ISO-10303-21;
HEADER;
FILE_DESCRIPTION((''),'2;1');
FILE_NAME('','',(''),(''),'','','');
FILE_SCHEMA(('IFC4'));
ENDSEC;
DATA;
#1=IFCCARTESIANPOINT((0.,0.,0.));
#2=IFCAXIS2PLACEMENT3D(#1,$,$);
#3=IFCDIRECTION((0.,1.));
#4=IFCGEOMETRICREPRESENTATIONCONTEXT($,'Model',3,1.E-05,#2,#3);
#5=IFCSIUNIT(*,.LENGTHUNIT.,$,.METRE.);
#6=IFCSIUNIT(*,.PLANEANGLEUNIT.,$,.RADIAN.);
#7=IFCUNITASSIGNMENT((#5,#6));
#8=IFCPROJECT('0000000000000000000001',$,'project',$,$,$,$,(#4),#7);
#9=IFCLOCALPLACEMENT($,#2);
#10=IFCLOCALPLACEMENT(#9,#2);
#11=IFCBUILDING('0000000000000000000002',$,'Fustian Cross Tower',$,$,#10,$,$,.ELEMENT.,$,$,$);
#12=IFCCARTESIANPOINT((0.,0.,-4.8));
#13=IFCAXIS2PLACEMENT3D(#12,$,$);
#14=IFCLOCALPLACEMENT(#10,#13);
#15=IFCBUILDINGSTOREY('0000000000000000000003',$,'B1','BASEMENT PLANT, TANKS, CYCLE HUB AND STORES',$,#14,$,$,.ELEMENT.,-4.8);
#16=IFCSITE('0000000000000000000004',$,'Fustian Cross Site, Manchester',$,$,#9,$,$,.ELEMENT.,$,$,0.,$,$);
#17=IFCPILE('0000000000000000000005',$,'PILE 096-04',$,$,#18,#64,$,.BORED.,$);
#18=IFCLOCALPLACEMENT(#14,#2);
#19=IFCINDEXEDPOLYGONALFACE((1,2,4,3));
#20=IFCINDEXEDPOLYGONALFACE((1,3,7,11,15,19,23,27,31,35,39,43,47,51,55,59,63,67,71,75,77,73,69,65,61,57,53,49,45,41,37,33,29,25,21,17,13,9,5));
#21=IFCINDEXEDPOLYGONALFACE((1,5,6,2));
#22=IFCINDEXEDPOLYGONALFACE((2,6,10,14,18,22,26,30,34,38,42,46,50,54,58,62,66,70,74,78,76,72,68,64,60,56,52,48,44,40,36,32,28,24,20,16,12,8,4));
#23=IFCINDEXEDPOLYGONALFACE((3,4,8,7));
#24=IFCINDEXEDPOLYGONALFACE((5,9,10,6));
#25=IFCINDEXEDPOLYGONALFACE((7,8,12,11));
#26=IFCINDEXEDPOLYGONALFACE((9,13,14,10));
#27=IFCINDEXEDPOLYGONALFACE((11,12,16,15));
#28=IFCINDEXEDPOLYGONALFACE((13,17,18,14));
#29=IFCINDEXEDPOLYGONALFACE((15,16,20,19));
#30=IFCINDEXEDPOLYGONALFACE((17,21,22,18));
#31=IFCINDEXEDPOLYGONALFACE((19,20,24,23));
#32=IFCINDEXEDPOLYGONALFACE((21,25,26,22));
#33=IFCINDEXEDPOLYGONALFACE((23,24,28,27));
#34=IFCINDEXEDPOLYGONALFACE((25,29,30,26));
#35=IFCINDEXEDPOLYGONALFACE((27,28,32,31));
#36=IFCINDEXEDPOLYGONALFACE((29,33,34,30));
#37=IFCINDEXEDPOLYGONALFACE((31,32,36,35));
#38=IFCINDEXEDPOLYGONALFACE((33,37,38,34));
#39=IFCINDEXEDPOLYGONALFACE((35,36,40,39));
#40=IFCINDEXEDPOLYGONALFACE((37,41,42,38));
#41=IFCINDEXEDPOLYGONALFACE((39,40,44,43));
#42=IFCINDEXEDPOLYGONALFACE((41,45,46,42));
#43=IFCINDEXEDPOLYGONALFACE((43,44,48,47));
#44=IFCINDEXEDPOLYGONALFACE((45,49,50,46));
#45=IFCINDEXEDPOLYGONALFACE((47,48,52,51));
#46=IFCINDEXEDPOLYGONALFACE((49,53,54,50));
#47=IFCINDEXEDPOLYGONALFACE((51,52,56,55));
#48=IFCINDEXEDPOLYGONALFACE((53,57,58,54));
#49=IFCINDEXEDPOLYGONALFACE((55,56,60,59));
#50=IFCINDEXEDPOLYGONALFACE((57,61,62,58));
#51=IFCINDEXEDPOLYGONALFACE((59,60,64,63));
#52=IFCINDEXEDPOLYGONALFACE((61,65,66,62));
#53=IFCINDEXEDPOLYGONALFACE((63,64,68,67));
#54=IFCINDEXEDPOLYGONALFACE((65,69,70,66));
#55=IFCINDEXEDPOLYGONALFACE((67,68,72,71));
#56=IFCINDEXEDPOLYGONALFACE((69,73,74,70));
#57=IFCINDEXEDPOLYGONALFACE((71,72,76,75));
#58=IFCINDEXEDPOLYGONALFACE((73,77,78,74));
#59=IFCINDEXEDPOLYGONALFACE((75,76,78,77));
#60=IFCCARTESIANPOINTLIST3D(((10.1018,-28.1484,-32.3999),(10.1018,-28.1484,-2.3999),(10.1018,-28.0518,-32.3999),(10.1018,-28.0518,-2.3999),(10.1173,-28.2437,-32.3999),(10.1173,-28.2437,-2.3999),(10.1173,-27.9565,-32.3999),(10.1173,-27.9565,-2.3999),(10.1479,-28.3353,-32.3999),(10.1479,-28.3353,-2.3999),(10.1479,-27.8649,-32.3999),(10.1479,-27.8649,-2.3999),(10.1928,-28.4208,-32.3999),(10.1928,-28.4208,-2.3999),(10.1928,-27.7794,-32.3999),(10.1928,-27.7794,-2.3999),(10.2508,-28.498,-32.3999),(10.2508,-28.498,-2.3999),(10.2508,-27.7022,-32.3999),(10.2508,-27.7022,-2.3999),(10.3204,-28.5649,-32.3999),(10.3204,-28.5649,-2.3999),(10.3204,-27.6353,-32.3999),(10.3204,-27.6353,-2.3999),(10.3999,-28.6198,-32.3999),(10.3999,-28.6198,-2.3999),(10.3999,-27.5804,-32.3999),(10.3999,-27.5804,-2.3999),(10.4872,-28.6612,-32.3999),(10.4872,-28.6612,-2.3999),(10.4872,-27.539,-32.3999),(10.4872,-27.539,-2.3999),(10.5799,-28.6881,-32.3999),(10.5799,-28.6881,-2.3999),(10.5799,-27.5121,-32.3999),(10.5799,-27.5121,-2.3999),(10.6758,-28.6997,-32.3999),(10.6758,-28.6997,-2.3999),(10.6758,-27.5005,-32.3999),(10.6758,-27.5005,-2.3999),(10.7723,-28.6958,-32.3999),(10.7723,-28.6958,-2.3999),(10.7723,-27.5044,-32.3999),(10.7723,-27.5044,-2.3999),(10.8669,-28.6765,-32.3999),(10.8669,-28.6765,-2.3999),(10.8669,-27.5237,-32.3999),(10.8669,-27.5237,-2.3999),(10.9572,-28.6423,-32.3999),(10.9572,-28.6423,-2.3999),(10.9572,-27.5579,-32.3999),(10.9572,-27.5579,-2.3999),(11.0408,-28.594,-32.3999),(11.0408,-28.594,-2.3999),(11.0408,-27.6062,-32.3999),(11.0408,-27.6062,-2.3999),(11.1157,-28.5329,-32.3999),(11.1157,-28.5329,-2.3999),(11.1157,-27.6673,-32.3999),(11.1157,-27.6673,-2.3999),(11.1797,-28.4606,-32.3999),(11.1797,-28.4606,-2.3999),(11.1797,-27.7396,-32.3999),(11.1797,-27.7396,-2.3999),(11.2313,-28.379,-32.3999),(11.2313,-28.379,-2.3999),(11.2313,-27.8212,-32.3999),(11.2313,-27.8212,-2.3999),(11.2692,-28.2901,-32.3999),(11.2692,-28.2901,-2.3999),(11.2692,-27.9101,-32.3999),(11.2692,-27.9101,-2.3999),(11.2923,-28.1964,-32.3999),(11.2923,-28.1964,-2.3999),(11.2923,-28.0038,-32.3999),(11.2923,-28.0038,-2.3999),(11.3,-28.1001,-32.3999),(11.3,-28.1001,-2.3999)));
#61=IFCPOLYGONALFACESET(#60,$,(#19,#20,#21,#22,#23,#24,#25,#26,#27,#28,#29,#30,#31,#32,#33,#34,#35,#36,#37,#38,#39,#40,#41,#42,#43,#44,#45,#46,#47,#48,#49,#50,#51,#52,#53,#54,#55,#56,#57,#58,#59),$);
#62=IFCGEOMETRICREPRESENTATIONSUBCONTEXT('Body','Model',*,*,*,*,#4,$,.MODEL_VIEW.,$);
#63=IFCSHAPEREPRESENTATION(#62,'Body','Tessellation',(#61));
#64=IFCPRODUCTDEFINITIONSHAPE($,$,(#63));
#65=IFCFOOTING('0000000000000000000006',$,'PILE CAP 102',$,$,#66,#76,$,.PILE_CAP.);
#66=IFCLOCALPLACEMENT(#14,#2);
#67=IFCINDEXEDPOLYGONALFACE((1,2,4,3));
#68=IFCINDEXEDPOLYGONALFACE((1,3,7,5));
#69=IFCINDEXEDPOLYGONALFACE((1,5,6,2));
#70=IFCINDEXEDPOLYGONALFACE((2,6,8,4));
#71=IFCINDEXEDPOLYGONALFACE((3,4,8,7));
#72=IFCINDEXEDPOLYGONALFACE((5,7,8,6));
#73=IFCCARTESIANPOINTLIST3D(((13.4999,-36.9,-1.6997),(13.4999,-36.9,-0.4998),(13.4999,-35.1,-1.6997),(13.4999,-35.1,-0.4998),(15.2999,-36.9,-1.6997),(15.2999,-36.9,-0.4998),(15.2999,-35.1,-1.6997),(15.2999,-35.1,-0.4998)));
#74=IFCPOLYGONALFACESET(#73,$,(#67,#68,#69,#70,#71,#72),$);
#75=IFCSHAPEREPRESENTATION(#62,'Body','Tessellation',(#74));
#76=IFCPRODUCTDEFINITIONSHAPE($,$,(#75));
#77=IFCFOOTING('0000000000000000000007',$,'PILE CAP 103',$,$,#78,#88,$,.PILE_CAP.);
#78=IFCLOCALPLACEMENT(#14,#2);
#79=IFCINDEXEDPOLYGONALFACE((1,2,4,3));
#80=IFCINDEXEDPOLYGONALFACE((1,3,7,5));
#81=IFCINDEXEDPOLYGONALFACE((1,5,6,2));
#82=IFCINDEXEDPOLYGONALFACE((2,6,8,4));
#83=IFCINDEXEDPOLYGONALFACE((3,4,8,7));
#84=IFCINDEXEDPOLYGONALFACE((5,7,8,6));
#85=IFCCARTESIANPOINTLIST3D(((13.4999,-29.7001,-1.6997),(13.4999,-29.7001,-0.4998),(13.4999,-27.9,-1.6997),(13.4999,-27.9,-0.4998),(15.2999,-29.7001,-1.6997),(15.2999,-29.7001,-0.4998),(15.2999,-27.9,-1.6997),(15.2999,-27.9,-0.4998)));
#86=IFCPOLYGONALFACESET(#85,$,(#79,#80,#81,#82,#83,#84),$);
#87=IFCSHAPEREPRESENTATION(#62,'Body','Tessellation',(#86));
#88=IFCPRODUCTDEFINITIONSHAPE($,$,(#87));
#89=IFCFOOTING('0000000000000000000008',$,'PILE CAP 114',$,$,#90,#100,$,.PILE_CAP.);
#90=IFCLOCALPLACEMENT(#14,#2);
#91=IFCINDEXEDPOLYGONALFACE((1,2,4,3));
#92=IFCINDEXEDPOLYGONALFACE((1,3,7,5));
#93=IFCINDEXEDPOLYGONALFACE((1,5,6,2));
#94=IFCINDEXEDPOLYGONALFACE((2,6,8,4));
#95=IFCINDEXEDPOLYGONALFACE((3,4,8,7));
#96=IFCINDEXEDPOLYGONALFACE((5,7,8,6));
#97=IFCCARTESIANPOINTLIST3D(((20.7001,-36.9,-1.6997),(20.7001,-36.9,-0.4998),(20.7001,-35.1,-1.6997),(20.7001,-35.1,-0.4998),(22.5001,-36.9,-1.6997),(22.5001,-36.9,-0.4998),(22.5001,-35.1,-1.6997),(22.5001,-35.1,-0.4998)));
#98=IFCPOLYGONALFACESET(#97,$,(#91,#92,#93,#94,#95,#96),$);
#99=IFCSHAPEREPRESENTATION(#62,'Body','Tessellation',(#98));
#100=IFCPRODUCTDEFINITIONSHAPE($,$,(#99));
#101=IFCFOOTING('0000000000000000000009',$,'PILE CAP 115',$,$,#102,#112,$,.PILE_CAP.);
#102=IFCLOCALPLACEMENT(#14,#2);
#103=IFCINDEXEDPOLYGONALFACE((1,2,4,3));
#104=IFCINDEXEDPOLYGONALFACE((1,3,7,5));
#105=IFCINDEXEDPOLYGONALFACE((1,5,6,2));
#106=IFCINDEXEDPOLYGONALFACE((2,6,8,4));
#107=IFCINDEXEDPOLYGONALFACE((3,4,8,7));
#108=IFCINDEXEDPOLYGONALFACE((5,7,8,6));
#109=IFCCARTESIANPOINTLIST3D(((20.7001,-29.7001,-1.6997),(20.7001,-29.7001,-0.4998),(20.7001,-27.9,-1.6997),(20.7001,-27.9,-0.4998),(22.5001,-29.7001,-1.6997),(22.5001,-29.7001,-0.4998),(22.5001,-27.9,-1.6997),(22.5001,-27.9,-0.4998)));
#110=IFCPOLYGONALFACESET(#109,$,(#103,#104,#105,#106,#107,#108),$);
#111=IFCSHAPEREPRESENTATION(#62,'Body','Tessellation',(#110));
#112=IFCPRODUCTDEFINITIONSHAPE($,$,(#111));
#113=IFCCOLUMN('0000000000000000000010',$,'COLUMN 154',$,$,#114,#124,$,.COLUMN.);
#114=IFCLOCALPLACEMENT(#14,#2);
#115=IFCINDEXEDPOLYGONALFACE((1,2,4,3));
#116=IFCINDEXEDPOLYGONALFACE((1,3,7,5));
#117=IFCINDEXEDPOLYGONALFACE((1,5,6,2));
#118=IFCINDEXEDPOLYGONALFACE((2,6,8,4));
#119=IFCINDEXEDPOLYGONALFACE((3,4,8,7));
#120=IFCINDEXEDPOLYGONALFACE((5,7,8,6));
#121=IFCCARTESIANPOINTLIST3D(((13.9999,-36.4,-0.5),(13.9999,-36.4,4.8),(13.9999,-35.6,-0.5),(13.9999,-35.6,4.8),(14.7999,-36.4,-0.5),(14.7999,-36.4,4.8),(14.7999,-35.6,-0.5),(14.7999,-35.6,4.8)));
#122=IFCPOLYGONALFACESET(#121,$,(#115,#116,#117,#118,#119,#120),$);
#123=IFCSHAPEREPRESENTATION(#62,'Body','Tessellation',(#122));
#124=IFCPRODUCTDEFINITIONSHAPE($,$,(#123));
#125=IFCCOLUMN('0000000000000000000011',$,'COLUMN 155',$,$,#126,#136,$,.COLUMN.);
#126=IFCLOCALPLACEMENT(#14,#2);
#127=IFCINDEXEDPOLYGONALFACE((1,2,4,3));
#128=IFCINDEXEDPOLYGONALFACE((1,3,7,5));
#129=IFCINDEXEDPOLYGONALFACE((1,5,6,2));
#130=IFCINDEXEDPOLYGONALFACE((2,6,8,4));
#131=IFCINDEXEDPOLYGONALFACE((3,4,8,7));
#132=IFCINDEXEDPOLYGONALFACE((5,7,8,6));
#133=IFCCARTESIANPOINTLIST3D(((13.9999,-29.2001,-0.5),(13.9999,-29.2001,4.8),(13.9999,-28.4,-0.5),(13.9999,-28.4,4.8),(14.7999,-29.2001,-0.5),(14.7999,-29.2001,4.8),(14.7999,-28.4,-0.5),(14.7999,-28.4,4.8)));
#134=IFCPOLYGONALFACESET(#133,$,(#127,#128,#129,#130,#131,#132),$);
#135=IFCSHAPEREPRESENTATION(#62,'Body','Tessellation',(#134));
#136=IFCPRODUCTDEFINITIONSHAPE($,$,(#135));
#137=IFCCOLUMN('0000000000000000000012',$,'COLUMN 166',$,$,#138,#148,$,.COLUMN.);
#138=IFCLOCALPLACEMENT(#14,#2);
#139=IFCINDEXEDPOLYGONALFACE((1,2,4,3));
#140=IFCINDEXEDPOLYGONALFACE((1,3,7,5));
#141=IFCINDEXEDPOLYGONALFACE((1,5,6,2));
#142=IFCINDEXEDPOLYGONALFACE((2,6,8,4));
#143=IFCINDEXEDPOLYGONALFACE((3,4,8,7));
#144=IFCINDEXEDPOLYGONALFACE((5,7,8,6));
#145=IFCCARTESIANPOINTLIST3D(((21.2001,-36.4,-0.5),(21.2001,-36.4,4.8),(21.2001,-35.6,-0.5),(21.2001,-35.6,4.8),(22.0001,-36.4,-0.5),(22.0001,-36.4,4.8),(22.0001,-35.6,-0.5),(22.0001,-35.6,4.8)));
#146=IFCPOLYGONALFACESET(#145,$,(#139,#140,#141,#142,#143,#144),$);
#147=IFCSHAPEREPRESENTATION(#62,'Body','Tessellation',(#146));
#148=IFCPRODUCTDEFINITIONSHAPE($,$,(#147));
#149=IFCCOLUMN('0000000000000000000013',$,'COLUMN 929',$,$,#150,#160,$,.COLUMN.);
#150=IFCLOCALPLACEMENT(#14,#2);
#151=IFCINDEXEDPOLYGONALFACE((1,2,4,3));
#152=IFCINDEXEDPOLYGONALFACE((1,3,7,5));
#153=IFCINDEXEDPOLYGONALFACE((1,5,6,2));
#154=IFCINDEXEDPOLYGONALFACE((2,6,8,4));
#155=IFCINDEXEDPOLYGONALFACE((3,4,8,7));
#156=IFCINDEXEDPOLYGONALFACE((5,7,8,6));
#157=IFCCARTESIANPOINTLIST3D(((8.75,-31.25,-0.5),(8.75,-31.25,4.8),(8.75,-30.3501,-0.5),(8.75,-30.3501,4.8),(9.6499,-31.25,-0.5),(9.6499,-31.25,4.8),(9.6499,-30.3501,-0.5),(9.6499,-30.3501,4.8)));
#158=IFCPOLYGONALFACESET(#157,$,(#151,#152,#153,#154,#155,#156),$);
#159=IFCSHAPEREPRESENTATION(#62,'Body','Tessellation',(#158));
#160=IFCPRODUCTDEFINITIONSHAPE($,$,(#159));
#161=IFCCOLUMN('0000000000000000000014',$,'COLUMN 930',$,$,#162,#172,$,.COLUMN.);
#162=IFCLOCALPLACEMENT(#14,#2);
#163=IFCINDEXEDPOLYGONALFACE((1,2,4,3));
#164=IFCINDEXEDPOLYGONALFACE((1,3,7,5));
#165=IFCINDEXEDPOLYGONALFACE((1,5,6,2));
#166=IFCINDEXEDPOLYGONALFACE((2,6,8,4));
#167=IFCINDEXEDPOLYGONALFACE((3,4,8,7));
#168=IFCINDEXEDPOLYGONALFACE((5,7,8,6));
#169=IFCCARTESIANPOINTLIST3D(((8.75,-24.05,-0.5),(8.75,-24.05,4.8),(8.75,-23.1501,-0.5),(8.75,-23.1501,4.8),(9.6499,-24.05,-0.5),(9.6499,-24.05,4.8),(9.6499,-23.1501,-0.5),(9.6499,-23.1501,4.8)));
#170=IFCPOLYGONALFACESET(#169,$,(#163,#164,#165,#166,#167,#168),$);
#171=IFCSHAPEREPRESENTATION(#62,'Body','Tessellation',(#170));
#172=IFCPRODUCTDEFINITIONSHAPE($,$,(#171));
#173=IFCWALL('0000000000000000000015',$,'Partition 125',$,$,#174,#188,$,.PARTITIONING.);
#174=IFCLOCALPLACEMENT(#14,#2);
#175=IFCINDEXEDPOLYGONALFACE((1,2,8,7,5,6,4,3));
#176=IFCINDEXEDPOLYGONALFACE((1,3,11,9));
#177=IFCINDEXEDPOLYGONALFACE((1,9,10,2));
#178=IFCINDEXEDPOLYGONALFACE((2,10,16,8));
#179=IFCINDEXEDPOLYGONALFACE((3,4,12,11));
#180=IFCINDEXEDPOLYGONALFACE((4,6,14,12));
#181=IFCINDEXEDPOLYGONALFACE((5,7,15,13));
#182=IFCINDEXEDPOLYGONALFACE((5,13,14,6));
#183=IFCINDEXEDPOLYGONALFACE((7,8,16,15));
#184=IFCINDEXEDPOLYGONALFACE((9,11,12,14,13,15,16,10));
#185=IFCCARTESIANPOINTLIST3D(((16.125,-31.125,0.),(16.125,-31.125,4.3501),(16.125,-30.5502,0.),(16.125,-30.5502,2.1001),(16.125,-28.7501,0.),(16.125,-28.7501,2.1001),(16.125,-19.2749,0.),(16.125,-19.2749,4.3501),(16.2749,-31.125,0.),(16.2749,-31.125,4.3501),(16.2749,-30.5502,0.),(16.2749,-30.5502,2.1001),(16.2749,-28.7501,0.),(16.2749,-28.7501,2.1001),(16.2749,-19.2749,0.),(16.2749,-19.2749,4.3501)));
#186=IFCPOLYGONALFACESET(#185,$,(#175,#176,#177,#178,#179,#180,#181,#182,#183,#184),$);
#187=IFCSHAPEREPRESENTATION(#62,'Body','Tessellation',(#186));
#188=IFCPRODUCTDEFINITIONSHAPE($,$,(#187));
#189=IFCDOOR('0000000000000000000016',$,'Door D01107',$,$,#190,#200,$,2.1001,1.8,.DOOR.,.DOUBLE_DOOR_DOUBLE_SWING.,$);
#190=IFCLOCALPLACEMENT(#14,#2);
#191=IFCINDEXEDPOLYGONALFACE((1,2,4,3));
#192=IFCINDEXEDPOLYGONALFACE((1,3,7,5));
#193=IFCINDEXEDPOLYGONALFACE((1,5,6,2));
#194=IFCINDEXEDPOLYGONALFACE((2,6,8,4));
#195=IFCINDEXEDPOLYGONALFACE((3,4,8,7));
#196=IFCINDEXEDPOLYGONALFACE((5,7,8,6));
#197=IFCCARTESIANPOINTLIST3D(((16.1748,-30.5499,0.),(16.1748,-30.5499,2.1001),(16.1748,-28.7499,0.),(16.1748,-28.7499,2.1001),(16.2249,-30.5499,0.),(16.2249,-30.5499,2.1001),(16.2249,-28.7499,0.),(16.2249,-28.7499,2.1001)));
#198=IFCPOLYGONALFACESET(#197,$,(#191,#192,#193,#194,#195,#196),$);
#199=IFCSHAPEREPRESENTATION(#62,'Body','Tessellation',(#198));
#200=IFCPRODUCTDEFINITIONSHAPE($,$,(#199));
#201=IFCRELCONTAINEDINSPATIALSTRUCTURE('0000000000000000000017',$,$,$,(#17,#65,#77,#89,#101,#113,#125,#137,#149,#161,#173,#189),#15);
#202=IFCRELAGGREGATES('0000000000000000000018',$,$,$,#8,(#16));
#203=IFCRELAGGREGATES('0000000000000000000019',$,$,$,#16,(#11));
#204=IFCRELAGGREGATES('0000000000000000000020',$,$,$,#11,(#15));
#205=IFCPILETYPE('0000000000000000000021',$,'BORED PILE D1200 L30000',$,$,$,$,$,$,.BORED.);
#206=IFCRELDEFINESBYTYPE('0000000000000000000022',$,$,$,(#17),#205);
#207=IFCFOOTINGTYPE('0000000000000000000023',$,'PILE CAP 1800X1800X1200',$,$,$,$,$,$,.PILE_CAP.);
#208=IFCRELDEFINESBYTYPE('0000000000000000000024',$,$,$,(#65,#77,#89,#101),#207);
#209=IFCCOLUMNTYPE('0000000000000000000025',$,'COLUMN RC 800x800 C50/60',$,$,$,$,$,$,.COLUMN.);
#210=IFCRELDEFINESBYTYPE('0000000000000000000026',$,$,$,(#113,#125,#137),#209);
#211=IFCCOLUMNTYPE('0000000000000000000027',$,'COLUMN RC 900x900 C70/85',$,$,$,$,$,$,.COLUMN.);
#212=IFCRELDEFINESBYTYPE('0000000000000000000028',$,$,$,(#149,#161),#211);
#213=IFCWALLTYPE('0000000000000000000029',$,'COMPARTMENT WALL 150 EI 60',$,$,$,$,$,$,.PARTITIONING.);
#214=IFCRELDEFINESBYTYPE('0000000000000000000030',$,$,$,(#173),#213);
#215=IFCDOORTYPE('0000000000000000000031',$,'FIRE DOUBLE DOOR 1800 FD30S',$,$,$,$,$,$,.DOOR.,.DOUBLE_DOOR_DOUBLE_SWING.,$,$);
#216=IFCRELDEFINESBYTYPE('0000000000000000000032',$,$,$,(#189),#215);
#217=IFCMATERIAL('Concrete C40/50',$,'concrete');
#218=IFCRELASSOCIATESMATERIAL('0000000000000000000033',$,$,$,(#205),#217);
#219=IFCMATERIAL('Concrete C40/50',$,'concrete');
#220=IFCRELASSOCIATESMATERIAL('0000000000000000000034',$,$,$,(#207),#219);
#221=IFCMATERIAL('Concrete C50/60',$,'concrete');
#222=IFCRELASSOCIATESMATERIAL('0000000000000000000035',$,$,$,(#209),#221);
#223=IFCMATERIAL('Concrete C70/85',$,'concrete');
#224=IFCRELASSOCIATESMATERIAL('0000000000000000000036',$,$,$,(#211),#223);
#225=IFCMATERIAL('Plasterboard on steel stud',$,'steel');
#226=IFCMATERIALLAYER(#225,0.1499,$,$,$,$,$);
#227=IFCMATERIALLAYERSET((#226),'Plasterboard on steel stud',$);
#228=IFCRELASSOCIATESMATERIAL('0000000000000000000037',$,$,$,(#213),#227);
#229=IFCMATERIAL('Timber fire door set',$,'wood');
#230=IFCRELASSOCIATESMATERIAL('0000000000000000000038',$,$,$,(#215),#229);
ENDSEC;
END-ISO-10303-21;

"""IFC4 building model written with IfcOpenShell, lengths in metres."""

from ifc_helpers import new_model, si_unit, direction, frame, frame_2d, origin, origin_2d, place, context, subcontext, project, spatial, rectangle, circle, extrude, material, layer, layer_set, material_profile, profile_set, type_object, element, fill, save


model = new_model("IFC4")

# Units and contexts
model_context = context("Model", 3, precision=1e-05, world=origin(), true_north=direction((0.0, 1.0)))
body_context = subcontext(model_context, "Body", "Model", "MODEL_VIEW")
ifc_project = project(units=[si_unit("LENGTHUNIT", "METRE"), si_unit("PLANEANGLEUNIT", "RADIAN")], contexts=[model_context])

# Site, building, storey
site_placement = place(None, origin())
site = spatial("IfcSite", under=ifc_project, at=site_placement, Name="Fustian Cross Site, Manchester", CompositionType="ELEMENT", RefElevation=0.0)
building_placement = place(site_placement, origin())
building = spatial("IfcBuilding", under=site, at=building_placement, Name="Fustian Cross Tower", CompositionType="ELEMENT")
storey_placement = place(building_placement, frame((0.0, 0.0, -4.8)))
storey = spatial("IfcBuildingStorey", under=building, at=storey_placement, Name="B1", Description="BASEMENT PLANT, TANKS, CYCLE HUB AND STORES", CompositionType="ELEMENT", Elevation=-4.8)

# Pile
ifc_material_1 = material(Name="Concrete C40/50", Category="concrete")
ifc_material_profile_1 = material_profile(ifc_material_1, circle(Radius=0.6001, at=origin_2d()), Name="BORED PILE D1200 L30000")
ifc_profile_set_1 = profile_set([ifc_material_profile_1], Name="Concrete C40/50")
pile_type_1 = type_object("IfcPileType", Name="BORED PILE D1200 L30000", PredefinedType="BORED", material=ifc_profile_set_1)
for number, where, z_axis, x_axis, name in (
    (1, (10.7, -28.1001, -2.3999), (0.0, 0.0, -1.0), (1.0, 0.0, 0.0), "PILE 096-04"),
):
    element("IfcPile", number, at=place(storey_placement, frame(where, z_axis=z_axis, x_axis=x_axis)), inside=storey, type_object=pile_type_1, Name=name, PredefinedType="BORED", context=body_context, shape_type="SweptSolid", body=[
        extrude(circle(Radius=0.6001, at=origin_2d()), origin(), (0.0, 0.0, 1.0), 30.0),
    ])

# Footings
ifc_material_2 = material(Name="Concrete C40/50", Category="concrete")
footing_type = type_object("IfcFootingType", Name="PILE CAP 1800X1800X1200", PredefinedType="PILE_CAP", material=ifc_material_2)
for number, where, z_axis, x_axis, name in (
    (2, (14.3999, -36.0, -1.6997), (0.0, 0.0, 1.0), (1.0, 0.0, 0.0), "PILE CAP 102"),
    (3, (14.3999, -28.8, -1.6997), (0.0, 0.0, 1.0), (1.0, 0.0, 0.0), "PILE CAP 103"),
    (4, (21.6001, -36.0, -1.6997), (0.0, 0.0, 1.0), (1.0, 0.0, 0.0), "PILE CAP 114"),
    (5, (21.6001, -28.8, -1.6997), (0.0, 0.0, 1.0), (1.0, 0.0, 0.0), "PILE CAP 115"),
):
    element("IfcFooting", number, at=place(storey_placement, frame(where, z_axis=z_axis, x_axis=x_axis)), inside=storey, type_object=footing_type, Name=name, PredefinedType="PILE_CAP", context=body_context, shape_type="SweptSolid", body=[
        extrude(rectangle(XDim=1.8, YDim=1.8, at=origin_2d()), origin(), (0.0, 0.0, 1.0), 1.2),
    ])

# Columns
ifc_material_3 = material(Name="Concrete C50/60", Category="concrete")
ifc_material_profile_2 = material_profile(ifc_material_3, rectangle(XDim=0.8, YDim=0.8, at=origin_2d()), Name="RC 800x800")
ifc_profile_set_2 = profile_set([ifc_material_profile_2], Name="Concrete C50/60")
column_type_1 = type_object("IfcColumnType", Name="COLUMN RC 800x800 C50/60", PredefinedType="COLUMN", material=ifc_profile_set_2)
for number, where, z_axis, x_axis, name in (
    (6, (14.3999, -36.0, -0.5), (0.0, 0.0, 1.0), (1.0, 0.0, 0.0), "COLUMN 154"),
    (7, (14.3999, -28.8, -0.5), (0.0, 0.0, 1.0), (1.0, 0.0, 0.0), "COLUMN 155"),
    (8, (21.6001, -36.0, -0.5), (0.0, 0.0, 1.0), (1.0, 0.0, 0.0), "COLUMN 166"),
):
    element("IfcColumn", number, at=place(storey_placement, frame(where, z_axis=z_axis, x_axis=x_axis)), inside=storey, type_object=column_type_1, Name=name, PredefinedType="COLUMN", context=body_context, shape_type="SweptSolid", body=[
        extrude(rectangle(XDim=0.8, YDim=0.8, at=origin_2d()), origin(), (0.0, 0.0, 1.0), 5.3),
    ])
ifc_material_4 = material(Name="Concrete C70/85", Category="concrete")
ifc_material_profile_3 = material_profile(ifc_material_4, rectangle(XDim=0.8999, YDim=0.8999, at=origin_2d()), Name="RC 900x900")
ifc_profile_set_3 = profile_set([ifc_material_profile_3], Name="Concrete C70/85")
column_type_2 = type_object("IfcColumnType", Name="COLUMN RC 900x900 C70/85", PredefinedType="COLUMN", material=ifc_profile_set_3)
for number, where, z_axis, x_axis, name in (
    (9, (9.2, -30.8, -0.5), (0.0, 0.0, 1.0), (1.0, 0.0, 0.0), "COLUMN 929"),
    (10, (9.2, -23.6001, -0.5), (0.0, 0.0, 1.0), (1.0, 0.0, 0.0), "COLUMN 930"),
):
    element("IfcColumn", number, at=place(storey_placement, frame(where, z_axis=z_axis, x_axis=x_axis)), inside=storey, type_object=column_type_2, Name=name, PredefinedType="COLUMN", context=body_context, shape_type="SweptSolid", body=[
        extrude(rectangle(XDim=0.8999, YDim=0.8999, at=origin_2d()), origin(), (0.0, 0.0, 1.0), 5.3),
    ])

# Wall, opening, door
ifc_material_5 = material(Name="Plasterboard on steel stud", Category="steel")
ifc_layer = layer(ifc_material_5, 0.1499)
ifc_layer_set = layer_set([ifc_layer], Name="Plasterboard on steel stud")
wall_type = type_object("IfcWallType", Name="COMPARTMENT WALL 150 EI 60", PredefinedType="PARTITIONING", material=ifc_layer_set)
wall_1_placement = place(storey_placement, frame((16.2, -31.125, 0.0), z_axis=(0.0, 0.0, 1.0), x_axis=(0.0, 1.0, 0.0)))
wall_1 = element("IfcWall", 11, at=wall_1_placement, inside=storey, type_object=wall_type, Name="Partition 125", PredefinedType="PARTITIONING", context=body_context, shape_type="SweptSolid", body=[
    extrude(rectangle(XDim=11.8501, YDim=0.1499, at=frame_2d((5.925, 0.0))), origin(), (0.0, 0.0, 1.0), 4.3501),
])
opening_1_placement = place(wall_1_placement, frame((0.575, 0.0, 0.0)))
opening_1 = element("IfcOpeningElement", 12, at=opening_1_placement, cuts=wall_1, PredefinedType="OPENING", context=body_context, shape_type="SweptSolid", body=[
    extrude(rectangle(XDim=1.8, YDim=2.1001, at=frame_2d((0.8999, 1.05))), frame((0.0, 0.085, 0.0), z_axis=(0.0, -1.0, 0.0), x_axis=(1.0, 0.0, 0.0)), (0.0, 0.0, 1.0), 0.1699),
])
ifc_material_6 = material(Name="Timber fire door set", Category="wood")
door_type = type_object("IfcDoorType", Name="FIRE DOUBLE DOOR 1800 FD30S", OperationType="DOUBLE_DOOR_DOUBLE_SWING", PredefinedType="DOOR", material=ifc_material_6)
door_1_placement = place(opening_1_placement, frame((1.8, 0.0, 0.0), z_axis=(0.0, 0.0, 1.0), x_axis=(-1.0, 0.0, 0.0)))
door_1 = element("IfcDoor", 13, at=door_1_placement, inside=storey, type_object=door_type, Name="Door D01107", OperationType="DOUBLE_DOOR_DOUBLE_SWING", OverallHeight=2.1001, OverallWidth=1.8, PredefinedType="DOOR", context=body_context, shape_type="SweptSolid", body=[
    extrude(rectangle(XDim=1.8, YDim=2.1001, at=frame_2d((0.8999, 1.05))), frame((0.0, 0.0249, 0.0), z_axis=(0.0, -1.0, 0.0), x_axis=(1.0, 0.0, 0.0)), (0.0, 0.0, 1.0), 0.05),
])
fill(opening_1, door_1)

save(model, "model.ifc")
